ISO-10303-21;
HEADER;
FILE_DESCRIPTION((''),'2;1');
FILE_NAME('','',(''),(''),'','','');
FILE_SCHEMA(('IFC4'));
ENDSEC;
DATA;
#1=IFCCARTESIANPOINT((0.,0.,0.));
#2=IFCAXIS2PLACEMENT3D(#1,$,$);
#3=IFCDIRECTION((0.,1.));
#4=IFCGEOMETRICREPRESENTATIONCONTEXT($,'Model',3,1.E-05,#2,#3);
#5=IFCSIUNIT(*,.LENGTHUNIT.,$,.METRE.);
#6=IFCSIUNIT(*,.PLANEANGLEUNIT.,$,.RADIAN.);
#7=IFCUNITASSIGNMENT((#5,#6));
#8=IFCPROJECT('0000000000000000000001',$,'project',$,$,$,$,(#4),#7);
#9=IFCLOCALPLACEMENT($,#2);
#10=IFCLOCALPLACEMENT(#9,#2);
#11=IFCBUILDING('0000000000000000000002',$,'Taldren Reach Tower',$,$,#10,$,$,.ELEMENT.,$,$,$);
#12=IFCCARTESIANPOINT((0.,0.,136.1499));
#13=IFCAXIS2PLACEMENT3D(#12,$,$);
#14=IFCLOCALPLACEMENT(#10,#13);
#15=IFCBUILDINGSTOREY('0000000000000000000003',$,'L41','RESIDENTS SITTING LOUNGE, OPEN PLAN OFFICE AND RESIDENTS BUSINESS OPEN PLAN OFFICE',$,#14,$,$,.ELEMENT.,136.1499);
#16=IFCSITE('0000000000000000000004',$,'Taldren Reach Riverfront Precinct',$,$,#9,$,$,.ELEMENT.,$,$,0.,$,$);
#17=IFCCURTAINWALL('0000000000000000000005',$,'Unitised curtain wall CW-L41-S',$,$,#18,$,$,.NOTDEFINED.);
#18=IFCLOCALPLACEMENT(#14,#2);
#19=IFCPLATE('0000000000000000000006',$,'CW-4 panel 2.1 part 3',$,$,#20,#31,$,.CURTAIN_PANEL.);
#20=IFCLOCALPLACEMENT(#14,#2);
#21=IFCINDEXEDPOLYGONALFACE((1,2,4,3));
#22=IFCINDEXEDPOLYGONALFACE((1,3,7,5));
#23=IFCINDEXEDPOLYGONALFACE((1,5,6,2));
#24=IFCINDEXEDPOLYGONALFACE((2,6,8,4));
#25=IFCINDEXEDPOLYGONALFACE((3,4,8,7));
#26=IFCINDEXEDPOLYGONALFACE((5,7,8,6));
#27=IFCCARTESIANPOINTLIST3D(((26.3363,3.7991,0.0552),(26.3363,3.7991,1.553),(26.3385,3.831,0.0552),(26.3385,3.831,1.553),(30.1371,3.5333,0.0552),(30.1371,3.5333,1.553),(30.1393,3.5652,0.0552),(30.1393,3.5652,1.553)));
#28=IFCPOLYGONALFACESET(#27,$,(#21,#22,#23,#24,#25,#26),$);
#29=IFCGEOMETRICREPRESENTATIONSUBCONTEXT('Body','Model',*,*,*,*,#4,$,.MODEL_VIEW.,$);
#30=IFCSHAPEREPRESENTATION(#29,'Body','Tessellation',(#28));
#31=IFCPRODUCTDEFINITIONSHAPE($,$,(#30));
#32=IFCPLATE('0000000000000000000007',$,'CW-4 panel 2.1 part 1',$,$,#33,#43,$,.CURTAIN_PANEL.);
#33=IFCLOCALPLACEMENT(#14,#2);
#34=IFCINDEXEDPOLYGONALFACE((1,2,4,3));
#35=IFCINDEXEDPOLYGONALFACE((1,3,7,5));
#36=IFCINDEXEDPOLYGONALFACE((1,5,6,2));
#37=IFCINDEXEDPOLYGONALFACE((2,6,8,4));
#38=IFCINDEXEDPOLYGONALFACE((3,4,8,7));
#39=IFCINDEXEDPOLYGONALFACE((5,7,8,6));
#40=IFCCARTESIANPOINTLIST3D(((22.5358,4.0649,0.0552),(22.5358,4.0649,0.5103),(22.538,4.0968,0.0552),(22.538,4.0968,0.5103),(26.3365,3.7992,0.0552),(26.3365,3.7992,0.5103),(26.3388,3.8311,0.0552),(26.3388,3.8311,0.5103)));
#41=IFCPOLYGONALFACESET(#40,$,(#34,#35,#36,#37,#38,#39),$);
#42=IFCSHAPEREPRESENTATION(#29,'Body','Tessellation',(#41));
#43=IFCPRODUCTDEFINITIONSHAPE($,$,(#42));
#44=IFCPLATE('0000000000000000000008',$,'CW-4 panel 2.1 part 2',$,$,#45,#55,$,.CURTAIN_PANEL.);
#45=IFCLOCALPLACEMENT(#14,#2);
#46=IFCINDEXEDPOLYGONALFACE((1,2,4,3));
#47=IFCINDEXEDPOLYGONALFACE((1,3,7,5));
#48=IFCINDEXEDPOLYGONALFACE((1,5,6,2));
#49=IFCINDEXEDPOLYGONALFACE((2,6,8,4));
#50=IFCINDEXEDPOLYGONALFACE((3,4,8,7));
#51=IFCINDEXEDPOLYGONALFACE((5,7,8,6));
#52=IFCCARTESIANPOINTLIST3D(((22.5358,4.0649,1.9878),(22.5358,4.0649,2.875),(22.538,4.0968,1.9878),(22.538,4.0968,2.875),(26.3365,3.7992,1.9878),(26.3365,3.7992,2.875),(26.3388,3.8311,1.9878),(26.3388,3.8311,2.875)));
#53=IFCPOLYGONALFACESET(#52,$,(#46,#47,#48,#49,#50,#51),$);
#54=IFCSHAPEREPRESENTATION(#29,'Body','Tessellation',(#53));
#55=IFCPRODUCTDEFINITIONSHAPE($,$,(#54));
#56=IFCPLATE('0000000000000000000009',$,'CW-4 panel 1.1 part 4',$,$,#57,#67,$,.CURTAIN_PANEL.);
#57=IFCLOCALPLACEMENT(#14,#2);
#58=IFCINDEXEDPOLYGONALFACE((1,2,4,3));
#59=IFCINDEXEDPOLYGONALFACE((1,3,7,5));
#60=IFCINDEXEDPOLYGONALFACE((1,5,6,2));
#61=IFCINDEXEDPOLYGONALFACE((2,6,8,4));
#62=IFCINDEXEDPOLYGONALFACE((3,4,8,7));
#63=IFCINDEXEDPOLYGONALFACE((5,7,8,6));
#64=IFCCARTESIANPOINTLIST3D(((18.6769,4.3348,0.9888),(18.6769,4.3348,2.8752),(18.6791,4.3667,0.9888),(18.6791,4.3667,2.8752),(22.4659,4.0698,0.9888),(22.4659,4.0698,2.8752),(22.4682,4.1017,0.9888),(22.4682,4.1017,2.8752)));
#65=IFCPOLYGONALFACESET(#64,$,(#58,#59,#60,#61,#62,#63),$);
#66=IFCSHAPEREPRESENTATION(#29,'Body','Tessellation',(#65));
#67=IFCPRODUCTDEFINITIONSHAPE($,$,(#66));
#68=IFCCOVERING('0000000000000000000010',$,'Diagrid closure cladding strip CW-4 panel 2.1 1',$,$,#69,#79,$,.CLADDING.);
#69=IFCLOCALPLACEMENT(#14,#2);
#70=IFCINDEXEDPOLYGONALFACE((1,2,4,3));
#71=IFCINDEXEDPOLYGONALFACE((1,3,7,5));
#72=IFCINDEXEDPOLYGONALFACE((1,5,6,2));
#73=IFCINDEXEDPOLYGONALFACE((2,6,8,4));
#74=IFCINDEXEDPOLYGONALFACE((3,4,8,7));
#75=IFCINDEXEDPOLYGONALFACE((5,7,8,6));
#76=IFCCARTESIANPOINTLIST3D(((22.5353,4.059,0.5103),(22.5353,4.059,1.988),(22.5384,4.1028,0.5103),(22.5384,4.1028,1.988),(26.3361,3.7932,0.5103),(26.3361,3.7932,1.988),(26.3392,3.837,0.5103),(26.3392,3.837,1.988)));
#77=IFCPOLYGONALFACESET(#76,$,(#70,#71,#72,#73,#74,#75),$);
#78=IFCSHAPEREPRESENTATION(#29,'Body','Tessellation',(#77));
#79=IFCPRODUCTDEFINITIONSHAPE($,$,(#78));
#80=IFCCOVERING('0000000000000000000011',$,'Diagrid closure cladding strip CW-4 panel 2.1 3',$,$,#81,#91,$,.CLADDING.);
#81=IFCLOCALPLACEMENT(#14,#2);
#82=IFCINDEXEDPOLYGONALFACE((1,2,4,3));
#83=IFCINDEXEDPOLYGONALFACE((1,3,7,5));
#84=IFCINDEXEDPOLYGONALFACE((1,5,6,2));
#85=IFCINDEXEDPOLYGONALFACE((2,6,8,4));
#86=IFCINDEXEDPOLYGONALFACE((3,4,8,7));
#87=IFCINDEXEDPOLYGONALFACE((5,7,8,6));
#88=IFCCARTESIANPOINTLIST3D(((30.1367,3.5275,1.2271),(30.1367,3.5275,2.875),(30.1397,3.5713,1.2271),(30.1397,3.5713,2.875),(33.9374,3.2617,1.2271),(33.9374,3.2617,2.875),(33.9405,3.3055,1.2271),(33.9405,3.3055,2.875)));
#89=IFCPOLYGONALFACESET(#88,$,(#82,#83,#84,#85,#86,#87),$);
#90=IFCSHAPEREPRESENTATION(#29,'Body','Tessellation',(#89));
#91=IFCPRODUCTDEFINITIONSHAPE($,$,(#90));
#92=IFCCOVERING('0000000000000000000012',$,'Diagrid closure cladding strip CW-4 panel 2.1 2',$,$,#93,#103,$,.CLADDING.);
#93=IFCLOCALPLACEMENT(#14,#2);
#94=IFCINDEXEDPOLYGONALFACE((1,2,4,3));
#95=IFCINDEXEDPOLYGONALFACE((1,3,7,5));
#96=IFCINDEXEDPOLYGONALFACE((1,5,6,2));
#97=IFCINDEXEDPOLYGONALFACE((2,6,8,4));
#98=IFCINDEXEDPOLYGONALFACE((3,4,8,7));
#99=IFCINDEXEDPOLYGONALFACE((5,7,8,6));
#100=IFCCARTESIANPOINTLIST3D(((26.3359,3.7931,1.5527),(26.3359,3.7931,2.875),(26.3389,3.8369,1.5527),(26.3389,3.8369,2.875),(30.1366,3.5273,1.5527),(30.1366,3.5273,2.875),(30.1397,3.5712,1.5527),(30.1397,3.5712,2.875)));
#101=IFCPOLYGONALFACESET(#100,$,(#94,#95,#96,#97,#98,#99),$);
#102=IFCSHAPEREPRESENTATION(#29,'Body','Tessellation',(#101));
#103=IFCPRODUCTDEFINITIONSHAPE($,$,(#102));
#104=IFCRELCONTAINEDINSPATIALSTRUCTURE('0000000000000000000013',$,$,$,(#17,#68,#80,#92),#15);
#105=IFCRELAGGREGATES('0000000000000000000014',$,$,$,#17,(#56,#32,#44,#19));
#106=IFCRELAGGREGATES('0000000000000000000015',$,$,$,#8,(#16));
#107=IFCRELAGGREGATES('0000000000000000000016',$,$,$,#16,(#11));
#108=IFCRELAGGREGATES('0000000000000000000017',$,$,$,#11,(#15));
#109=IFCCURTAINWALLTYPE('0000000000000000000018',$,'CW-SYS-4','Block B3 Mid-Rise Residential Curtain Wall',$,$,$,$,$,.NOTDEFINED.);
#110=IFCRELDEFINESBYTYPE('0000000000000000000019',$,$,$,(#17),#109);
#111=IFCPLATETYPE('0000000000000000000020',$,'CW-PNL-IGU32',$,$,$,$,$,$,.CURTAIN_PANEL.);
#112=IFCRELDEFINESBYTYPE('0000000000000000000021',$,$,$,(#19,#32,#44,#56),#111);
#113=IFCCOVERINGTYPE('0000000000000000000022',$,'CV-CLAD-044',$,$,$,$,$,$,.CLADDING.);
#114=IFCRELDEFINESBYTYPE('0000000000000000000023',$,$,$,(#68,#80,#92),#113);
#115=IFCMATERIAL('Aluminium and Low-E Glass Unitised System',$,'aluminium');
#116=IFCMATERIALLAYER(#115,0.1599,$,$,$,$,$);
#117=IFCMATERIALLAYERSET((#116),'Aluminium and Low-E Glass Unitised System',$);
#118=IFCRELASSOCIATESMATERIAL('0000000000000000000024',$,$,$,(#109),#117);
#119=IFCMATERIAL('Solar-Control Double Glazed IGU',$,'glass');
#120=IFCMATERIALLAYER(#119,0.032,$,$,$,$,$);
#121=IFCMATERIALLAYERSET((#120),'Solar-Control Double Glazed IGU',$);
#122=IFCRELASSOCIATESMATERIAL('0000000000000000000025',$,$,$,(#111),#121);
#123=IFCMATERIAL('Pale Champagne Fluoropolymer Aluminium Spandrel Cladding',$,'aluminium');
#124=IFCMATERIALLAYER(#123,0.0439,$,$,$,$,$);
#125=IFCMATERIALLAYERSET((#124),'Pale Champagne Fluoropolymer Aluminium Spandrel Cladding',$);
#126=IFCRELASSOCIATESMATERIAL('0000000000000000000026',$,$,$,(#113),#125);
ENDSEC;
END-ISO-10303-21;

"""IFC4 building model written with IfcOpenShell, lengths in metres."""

from ifc_helpers import new_model, si_unit, direction, frame, origin, origin_2d, place, context, subcontext, project, spatial, rectangle, extrude, source, transform, mapped, material, layer, layer_set, type_object, element, aggregate, save


model = new_model("IFC4")

# Units and contexts
model_context = context("Model", 3, precision=1e-05, world=origin(), true_north=direction((0.0, 1.0)))
body_context = subcontext(model_context, "Body", "Model", "MODEL_VIEW")
ifc_project = project(units=[si_unit("LENGTHUNIT", "METRE"), si_unit("PLANEANGLEUNIT", "RADIAN")], contexts=[model_context])

# Site, building, storey
site_placement = place(None, origin())
site = spatial("IfcSite", under=ifc_project, at=site_placement, Name="Taldren Reach Riverfront Precinct", CompositionType="ELEMENT", RefElevation=0.0)
building_placement = place(site_placement, origin())
building = spatial("IfcBuilding", under=site, at=building_placement, Name="Taldren Reach Tower", CompositionType="ELEMENT")
storey_placement = place(building_placement, frame((0.0, 0.0, 136.1499)))
storey = spatial("IfcBuildingStorey", under=building, at=storey_placement, Name="L41", Description="RESIDENTS SITTING LOUNGE, OPEN PLAN OFFICE AND RESIDENTS BUSINESS OPEN PLAN OFFICE", CompositionType="ELEMENT", Elevation=136.1499)

# Curtain wall
ifc_material_1 = material(Name="Aluminium and Low-E Glass Unitised System", Category="aluminium")
ifc_layer_1 = layer(ifc_material_1, 0.1599)
ifc_layer_set_1 = layer_set([ifc_layer_1], Name="Aluminium and Low-E Glass Unitised System")
curtain_wall_type = type_object("IfcCurtainWallType", Name="CW-SYS-4", Description="Block B3 Mid-Rise Residential Curtain Wall", PredefinedType="NOTDEFINED", material=ifc_layer_set_1)
curtain_wall_placement = place(storey_placement, origin())
curtain_wall = element("IfcCurtainWall", 1, at=curtain_wall_placement, inside=storey, type_object=curtain_wall_type, Name="Unitised curtain wall CW-L41-S", PredefinedType="NOTDEFINED")

# Plates
ifc_material_2 = material(Name="Solar-Control Double Glazed IGU", Category="glass")
ifc_layer_2 = layer(ifc_material_2, 0.032)
ifc_layer_set_2 = layer_set([ifc_layer_2], Name="Solar-Control Double Glazed IGU")
plate_type_1 = type_object("IfcPlateType", Name="CW-PNL-IGU32", PredefinedType="CURTAIN_PANEL", material=ifc_layer_set_2)
shared_shape_1 = source(origin(), body_context, "Body", "SweptSolid", [
    extrude(rectangle(XDim=3.8101, YDim=0.032, at=origin_2d()), origin(), (0.0, 0.0, 1.0), 1.4978),
])
plate_1_placement = place(storey_placement, frame((28.2378, 3.6821, 0.0552), z_axis=(0.0, 0.0, 1.0), x_axis=(0.997564, -0.069757, 0.0)))
plate_1 = element("IfcPlate", 2, at=plate_1_placement, type_object=plate_type_1, Name="CW-4 panel 2.1 part 3", PredefinedType="CURTAIN_PANEL", context=body_context, shape_type="MappedRepresentation", body=[
    mapped(shared_shape_1, transform((0.0, 0.0, 0.0), scale=1.0)),
])
shared_shape_2 = source(origin(), body_context, "Body", "SweptSolid", [
    extrude(rectangle(XDim=3.8101, YDim=0.032, at=origin_2d()), origin(), (0.0, 0.0, 1.0), 0.4551),
])
plate_2_placement = place(storey_placement, frame((24.4373, 3.948, 0.0552), z_axis=(0.0, 0.0, 1.0), x_axis=(0.997564, -0.069757, 0.0)))
plate_2 = element("IfcPlate", 3, at=plate_2_placement, type_object=plate_type_1, Name="CW-4 panel 2.1 part 1", PredefinedType="CURTAIN_PANEL", context=body_context, shape_type="MappedRepresentation", body=[
    mapped(shared_shape_2, transform((0.0, 0.0, 0.0), scale=1.0)),
])
shared_shape_3 = source(origin(), body_context, "Body", "SweptSolid", [
    extrude(rectangle(XDim=3.8101, YDim=0.032, at=origin_2d()), origin(), (0.0, 0.0, 1.0), 0.8872),
])
plate_3_placement = place(storey_placement, frame((24.4373, 3.948, 1.9878), z_axis=(0.0, 0.0, 1.0), x_axis=(0.997564, -0.069757, 0.0)))
plate_3 = element("IfcPlate", 4, at=plate_3_placement, type_object=plate_type_1, Name="CW-4 panel 2.1 part 2", PredefinedType="CURTAIN_PANEL", context=body_context, shape_type="MappedRepresentation", body=[
    mapped(shared_shape_3, transform((0.0, 0.0, 0.0), scale=1.0)),
])
shared_shape_4 = source(origin(), body_context, "Body", "SweptSolid", [
    extrude(rectangle(XDim=3.7983, YDim=0.032, at=origin_2d()), origin(), (0.0, 0.0, 1.0), 1.8865),
])
plate_4_placement = place(storey_placement, frame((20.5725, 4.2183, 0.9888), z_axis=(0.0, 0.0, 1.0), x_axis=(0.997564, -0.069757, 0.0)))
plate_4 = element("IfcPlate", 5, at=plate_4_placement, type_object=plate_type_1, Name="CW-4 panel 1.1 part 4", PredefinedType="CURTAIN_PANEL", context=body_context, shape_type="MappedRepresentation", body=[
    mapped(shared_shape_4, transform((0.0, 0.0, 0.0), scale=1.0)),
])
aggregate(curtain_wall, [plate_4, plate_2, plate_3, plate_1])

# Coverings
ifc_material_3 = material(Name="Pale Champagne Fluoropolymer Aluminium Spandrel Cladding", Category="aluminium")
ifc_layer_3 = layer(ifc_material_3, 0.0439)
ifc_layer_set_3 = layer_set([ifc_layer_3], Name="Pale Champagne Fluoropolymer Aluminium Spandrel Cladding")
covering_type = type_object("IfcCoveringType", Name="CV-CLAD-044", PredefinedType="CLADDING", material=ifc_layer_set_3)
shared_shape_5 = source(origin(), body_context, "Body", "SweptSolid", [
    extrude(rectangle(XDim=3.8101, YDim=0.0439, at=origin_2d()), origin(), (0.0, 0.0, 1.0), 1.4778),
])
covering_1_placement = place(storey_placement, frame((24.4373, 3.948, 0.5103), z_axis=(0.0, 0.0, 1.0), x_axis=(0.997564, -0.069757, 0.0)))
element("IfcCovering", 6, at=covering_1_placement, inside=storey, type_object=covering_type, Name="Diagrid closure cladding strip CW-4 panel 2.1 1", PredefinedType="CLADDING", context=body_context, shape_type="MappedRepresentation", body=[
    mapped(shared_shape_5, transform((0.0, 0.0, 0.0), scale=1.0)),
])
shared_shape_6 = source(origin(), body_context, "Body", "SweptSolid", [
    extrude(rectangle(XDim=3.8101, YDim=0.0439, at=origin_2d()), origin(), (0.0, 0.0, 1.0), 1.6479),
])
covering_2_placement = place(storey_placement, frame((32.0386, 3.4165, 1.2271), z_axis=(0.0, 0.0, 1.0), x_axis=(0.997564, -0.069757, 0.0)))
element("IfcCovering", 7, at=covering_2_placement, inside=storey, type_object=covering_type, Name="Diagrid closure cladding strip CW-4 panel 2.1 3", PredefinedType="CLADDING", context=body_context, shape_type="MappedRepresentation", body=[
    mapped(shared_shape_6, transform((0.0, 0.0, 0.0), scale=1.0)),
])
shared_shape_7 = source(origin(), body_context, "Body", "SweptSolid", [
    extrude(rectangle(XDim=3.8101, YDim=0.0439, at=origin_2d()), origin(), (0.0, 0.0, 1.0), 1.3223),
])
covering_3_placement = place(storey_placement, frame((28.2378, 3.6821, 1.5527), z_axis=(0.0, 0.0, 1.0), x_axis=(0.997564, -0.069757, 0.0)))
element("IfcCovering", 8, at=covering_3_placement, inside=storey, type_object=covering_type, Name="Diagrid closure cladding strip CW-4 panel 2.1 2", PredefinedType="CLADDING", context=body_context, shape_type="MappedRepresentation", body=[
    mapped(shared_shape_7, transform((0.0, 0.0, 0.0), scale=1.0)),
])

save(model, "model.ifc")
